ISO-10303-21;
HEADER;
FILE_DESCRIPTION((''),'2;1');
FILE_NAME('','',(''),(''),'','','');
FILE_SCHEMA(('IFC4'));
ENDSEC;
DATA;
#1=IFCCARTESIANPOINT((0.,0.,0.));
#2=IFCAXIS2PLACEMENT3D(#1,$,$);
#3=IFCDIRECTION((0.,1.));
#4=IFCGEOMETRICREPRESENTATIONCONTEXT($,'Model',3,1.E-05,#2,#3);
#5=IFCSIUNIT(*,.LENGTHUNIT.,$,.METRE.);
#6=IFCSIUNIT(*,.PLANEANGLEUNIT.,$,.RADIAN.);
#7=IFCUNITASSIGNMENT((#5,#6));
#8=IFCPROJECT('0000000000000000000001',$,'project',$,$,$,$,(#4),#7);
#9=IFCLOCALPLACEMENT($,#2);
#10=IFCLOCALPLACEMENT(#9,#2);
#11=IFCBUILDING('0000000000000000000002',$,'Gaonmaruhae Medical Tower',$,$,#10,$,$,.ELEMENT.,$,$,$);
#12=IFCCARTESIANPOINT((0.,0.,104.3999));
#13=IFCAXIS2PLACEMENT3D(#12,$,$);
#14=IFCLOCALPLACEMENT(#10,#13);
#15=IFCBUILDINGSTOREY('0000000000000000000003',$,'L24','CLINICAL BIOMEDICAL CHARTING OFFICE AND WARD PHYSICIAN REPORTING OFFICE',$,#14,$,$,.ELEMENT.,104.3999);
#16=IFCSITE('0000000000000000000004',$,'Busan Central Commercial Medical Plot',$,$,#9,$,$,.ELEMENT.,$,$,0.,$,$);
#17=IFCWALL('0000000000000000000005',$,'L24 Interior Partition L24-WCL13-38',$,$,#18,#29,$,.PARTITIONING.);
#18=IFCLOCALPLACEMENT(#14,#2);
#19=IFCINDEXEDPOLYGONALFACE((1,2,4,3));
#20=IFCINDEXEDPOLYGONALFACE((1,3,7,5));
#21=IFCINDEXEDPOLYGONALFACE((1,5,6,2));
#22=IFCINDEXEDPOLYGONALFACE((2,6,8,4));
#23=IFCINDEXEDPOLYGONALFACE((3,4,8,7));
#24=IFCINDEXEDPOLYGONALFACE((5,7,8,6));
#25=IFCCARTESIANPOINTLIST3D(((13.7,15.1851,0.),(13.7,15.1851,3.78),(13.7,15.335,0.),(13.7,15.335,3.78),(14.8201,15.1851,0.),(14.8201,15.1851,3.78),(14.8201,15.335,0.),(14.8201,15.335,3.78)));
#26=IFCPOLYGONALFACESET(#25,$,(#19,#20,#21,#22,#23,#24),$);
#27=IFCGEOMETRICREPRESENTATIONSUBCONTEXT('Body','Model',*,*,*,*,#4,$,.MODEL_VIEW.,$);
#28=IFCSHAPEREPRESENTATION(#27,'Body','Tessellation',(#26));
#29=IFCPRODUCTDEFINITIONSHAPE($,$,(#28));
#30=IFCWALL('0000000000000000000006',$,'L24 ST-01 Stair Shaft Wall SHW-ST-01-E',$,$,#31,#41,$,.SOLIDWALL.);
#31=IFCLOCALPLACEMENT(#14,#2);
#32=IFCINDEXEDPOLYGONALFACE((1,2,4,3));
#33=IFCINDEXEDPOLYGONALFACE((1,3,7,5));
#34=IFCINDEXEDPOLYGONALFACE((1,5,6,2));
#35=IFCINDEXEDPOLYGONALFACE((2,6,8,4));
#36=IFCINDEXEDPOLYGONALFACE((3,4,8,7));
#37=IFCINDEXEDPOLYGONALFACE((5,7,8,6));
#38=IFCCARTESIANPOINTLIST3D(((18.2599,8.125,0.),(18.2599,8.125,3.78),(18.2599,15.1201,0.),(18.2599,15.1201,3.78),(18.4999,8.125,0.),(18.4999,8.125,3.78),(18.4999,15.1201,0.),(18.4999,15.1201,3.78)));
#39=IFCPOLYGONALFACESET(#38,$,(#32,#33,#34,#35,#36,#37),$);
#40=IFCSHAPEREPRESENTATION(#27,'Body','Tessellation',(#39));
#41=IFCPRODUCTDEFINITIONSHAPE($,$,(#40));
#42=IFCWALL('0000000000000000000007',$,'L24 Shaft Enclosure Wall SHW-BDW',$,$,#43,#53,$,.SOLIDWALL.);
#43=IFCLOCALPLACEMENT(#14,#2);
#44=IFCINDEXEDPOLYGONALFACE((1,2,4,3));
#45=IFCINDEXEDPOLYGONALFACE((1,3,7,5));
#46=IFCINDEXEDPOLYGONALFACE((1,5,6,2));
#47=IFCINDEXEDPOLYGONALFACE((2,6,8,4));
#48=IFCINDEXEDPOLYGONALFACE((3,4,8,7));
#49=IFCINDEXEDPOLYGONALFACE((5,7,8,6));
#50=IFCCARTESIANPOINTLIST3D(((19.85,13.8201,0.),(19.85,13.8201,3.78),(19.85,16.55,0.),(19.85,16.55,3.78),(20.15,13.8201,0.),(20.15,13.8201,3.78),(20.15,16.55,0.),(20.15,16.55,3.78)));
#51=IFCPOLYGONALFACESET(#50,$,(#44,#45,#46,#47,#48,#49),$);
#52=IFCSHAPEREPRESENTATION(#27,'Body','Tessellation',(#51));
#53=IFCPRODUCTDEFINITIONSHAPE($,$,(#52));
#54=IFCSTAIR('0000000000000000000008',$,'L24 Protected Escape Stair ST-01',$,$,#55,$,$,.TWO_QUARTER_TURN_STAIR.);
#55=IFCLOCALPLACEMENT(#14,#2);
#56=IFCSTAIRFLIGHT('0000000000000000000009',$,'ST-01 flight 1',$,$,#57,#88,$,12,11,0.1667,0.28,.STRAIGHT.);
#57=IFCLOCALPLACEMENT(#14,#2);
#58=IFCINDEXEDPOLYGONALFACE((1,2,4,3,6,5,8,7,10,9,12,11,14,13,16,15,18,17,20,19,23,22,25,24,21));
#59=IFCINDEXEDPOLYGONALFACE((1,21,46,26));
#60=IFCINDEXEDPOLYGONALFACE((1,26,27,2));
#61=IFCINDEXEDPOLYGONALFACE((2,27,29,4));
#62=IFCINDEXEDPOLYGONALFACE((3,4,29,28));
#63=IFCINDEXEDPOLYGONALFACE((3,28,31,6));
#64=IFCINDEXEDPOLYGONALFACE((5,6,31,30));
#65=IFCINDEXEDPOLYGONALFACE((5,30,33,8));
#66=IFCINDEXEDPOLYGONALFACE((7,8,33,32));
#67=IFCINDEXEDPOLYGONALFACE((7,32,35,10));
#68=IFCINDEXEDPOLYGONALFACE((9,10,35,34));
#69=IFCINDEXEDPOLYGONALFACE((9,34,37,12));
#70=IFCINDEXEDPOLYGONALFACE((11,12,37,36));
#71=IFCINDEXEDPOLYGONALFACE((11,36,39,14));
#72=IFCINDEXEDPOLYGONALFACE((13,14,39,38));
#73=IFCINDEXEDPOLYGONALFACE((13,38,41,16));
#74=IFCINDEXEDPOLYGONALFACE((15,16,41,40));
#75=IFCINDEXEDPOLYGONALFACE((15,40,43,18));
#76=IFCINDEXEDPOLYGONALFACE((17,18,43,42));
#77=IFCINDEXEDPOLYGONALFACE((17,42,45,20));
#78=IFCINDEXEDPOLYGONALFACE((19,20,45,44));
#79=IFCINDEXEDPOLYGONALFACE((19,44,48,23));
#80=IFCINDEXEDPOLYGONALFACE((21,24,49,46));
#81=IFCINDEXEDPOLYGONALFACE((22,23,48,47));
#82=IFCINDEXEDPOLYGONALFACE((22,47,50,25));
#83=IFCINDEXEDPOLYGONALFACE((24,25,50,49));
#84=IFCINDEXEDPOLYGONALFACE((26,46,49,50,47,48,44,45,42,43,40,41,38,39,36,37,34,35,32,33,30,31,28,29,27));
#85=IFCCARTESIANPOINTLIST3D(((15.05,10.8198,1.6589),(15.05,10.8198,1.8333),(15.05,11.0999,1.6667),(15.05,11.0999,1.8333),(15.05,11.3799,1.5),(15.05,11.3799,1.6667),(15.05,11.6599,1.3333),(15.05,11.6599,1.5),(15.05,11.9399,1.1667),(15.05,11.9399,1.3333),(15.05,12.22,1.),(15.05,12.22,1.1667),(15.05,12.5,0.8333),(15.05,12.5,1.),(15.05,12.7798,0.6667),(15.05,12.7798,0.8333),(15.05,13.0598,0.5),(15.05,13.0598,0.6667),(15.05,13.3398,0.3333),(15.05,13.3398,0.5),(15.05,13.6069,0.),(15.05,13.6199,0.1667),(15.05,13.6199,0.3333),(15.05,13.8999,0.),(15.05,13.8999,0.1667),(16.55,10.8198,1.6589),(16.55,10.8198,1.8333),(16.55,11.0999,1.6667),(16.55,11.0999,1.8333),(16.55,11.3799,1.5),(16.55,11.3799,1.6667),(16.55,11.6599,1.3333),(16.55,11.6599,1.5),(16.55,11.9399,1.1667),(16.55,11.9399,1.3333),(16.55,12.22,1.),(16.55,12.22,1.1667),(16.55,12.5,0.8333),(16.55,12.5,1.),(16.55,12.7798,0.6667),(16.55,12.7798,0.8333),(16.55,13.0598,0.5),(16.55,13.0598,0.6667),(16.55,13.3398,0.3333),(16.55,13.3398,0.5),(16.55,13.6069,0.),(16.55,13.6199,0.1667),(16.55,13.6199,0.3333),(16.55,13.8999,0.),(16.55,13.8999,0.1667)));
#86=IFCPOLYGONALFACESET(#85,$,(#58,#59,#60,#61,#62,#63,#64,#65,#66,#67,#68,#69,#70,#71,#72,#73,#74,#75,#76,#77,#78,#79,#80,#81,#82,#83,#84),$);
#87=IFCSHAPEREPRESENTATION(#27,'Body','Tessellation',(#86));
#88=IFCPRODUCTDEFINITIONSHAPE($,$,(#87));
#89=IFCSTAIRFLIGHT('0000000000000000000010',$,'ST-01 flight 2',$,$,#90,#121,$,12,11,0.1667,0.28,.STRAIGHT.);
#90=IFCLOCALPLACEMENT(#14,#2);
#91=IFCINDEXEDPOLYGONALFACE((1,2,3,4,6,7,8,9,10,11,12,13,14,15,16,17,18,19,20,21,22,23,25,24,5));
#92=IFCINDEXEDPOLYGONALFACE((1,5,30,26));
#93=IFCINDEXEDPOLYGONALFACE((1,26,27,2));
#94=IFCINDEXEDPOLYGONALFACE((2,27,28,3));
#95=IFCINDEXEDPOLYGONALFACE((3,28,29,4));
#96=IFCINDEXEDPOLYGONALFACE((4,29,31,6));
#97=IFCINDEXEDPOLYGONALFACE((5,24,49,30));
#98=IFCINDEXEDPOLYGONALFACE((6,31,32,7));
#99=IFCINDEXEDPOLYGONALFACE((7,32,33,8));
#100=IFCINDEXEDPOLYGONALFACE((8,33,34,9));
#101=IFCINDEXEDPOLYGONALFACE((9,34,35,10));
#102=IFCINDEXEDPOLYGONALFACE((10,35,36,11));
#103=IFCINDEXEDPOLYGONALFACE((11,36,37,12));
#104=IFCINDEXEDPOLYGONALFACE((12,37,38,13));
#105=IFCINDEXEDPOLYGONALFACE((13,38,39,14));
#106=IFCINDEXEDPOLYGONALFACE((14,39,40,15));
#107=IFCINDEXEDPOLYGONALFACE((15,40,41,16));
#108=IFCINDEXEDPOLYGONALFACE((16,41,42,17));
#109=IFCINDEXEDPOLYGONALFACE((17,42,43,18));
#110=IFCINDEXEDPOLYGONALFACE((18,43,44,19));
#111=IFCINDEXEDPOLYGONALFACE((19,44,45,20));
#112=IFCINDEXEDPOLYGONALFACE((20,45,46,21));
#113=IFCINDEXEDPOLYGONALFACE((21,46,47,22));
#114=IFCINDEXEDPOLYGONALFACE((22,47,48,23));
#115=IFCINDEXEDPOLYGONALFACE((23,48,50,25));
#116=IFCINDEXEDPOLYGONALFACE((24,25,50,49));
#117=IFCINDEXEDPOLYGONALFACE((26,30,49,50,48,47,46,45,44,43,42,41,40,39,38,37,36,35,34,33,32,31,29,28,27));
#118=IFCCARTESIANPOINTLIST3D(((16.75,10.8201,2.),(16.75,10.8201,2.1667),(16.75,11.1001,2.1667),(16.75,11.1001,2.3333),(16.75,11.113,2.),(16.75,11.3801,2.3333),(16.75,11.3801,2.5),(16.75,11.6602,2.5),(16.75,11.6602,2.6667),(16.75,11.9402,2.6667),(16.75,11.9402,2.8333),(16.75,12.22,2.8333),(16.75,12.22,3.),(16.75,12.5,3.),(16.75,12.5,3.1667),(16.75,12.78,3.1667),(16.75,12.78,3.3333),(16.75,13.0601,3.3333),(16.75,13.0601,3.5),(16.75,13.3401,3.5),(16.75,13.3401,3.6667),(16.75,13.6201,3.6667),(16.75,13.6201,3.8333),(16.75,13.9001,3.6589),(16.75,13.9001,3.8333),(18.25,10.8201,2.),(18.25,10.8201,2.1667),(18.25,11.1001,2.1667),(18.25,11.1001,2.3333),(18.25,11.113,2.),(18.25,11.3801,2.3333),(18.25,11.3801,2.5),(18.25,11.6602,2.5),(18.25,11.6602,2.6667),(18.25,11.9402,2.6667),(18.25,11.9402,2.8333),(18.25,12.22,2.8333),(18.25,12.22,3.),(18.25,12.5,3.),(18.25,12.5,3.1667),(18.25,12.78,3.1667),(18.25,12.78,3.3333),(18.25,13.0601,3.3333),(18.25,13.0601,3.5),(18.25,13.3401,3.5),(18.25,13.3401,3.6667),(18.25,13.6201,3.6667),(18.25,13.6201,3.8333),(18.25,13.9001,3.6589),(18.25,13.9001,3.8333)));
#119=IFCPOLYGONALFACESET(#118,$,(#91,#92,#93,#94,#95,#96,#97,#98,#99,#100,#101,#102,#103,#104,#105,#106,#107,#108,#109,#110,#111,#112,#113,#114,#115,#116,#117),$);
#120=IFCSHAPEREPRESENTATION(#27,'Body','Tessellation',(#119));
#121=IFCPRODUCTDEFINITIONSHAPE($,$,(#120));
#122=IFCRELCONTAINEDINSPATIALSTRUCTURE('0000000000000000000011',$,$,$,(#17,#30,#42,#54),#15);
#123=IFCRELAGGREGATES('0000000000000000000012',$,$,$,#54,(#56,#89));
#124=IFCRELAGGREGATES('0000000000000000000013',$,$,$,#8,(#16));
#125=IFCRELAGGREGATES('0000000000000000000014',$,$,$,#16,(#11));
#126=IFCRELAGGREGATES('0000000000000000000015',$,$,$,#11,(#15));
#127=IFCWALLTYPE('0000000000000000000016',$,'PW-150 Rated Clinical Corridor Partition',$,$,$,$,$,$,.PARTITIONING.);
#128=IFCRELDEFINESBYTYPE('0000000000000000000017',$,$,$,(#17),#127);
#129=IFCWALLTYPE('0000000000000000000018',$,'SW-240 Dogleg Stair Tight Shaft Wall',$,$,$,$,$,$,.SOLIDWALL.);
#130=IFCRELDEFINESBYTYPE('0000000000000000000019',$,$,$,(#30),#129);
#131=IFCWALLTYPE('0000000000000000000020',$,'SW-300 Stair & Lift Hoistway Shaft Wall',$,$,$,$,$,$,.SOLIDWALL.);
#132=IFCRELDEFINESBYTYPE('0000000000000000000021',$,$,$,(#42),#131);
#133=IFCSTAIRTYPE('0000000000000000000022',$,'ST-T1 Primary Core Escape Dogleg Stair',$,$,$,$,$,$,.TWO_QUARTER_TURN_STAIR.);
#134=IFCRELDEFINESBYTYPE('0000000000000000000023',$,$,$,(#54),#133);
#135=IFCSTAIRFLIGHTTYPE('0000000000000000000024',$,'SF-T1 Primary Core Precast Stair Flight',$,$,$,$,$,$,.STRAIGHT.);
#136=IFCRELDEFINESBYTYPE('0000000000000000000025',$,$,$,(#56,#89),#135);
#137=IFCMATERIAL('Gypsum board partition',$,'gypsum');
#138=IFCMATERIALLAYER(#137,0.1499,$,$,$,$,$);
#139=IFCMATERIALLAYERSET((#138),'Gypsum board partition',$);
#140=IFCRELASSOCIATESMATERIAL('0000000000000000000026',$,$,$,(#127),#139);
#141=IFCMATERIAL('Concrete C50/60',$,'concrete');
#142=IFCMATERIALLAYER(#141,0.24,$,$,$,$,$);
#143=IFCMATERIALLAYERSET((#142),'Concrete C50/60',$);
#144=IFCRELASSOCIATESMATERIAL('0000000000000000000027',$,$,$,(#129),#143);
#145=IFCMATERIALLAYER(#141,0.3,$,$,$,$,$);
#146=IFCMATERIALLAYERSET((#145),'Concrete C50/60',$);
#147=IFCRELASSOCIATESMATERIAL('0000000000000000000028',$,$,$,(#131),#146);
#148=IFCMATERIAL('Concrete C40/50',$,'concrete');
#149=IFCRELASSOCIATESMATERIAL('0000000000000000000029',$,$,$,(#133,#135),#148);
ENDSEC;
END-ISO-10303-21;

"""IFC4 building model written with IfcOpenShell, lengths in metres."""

from ifc_helpers import new_model, si_unit, direction, frame, frame_2d, origin, place, context, subcontext, project, spatial, polyline, rectangle, outline, extrude, material, layer, layer_set, type_object, element, aggregate, save


model = new_model("IFC4")

# Units and contexts
model_context = context("Model", 3, precision=1e-05, world=origin(), true_north=direction((0.0, 1.0)))
body_context = subcontext(model_context, "Body", "Model", "MODEL_VIEW")
ifc_project = project(units=[si_unit("LENGTHUNIT", "METRE"), si_unit("PLANEANGLEUNIT", "RADIAN")], contexts=[model_context])

# Site, building, storey
site_placement = place(None, origin())
site = spatial("IfcSite", under=ifc_project, at=site_placement, Name="Busan Central Commercial Medical Plot", CompositionType="ELEMENT", RefElevation=0.0)
building_placement = place(site_placement, origin())
building = spatial("IfcBuilding", under=site, at=building_placement, Name="Gaonmaruhae Medical Tower", CompositionType="ELEMENT")
storey_placement = place(building_placement, frame((0.0, 0.0, 104.3999)))
storey = spatial("IfcBuildingStorey", under=building, at=storey_placement, Name="L24", Description="CLINICAL BIOMEDICAL CHARTING OFFICE AND WARD PHYSICIAN REPORTING OFFICE", CompositionType="ELEMENT", Elevation=104.3999)

# Wall
ifc_material_1 = material(Name="Gypsum board partition", Category="gypsum")
ifc_layer_1 = layer(ifc_material_1, 0.1499)
ifc_layer_set_1 = layer_set([ifc_layer_1], Name="Gypsum board partition")
wall_type_1 = type_object("IfcWallType", Name="PW-150 Rated Clinical Corridor Partition", PredefinedType="PARTITIONING", material=ifc_layer_set_1)
wall_1_placement = place(storey_placement, frame((14.8201, 15.26, 0.0), z_axis=(0.0, 0.0, 1.0), x_axis=(-1.0, 0.0, 0.0)))
element("IfcWall", 1, at=wall_1_placement, inside=storey, type_object=wall_type_1, Name="L24 Interior Partition L24-WCL13-38", PredefinedType="PARTITIONING", context=body_context, shape_type="SweptSolid", body=[
    extrude(rectangle(XDim=1.1201, YDim=0.1499, at=frame_2d((0.5601, 0.0))), origin(), (0.0, 0.0, 1.0), 3.78),
])

# Shared definitions
ifc_material_2 = material(Name="Concrete C50/60", Category="concrete")
ifc_layer_2 = layer(ifc_material_2, 0.24)
ifc_layer_set_2 = layer_set([ifc_layer_2], Name="Concrete C50/60")
wall_type_2 = type_object("IfcWallType", Name="SW-240 Dogleg Stair Tight Shaft Wall", PredefinedType="SOLIDWALL", material=ifc_layer_set_2)

# Wall
wall_2_placement = place(storey_placement, frame((18.3799, 15.1201, 0.0), z_axis=(0.0, 0.0, 1.0), x_axis=(0.0, -1.0, 0.0)))
element("IfcWall", 2, at=wall_2_placement, inside=storey, type_object=wall_type_2, Name="L24 ST-01 Stair Shaft Wall SHW-ST-01-E", PredefinedType="SOLIDWALL", context=body_context, shape_type="SweptSolid", body=[
    extrude(rectangle(XDim=6.9951, YDim=0.24, at=frame_2d((3.4976, 0.0))), origin(), (0.0, 0.0, 1.0), 3.78),
])

# Shared definitions
ifc_layer_3 = layer(ifc_material_2, 0.3)
ifc_layer_set_3 = layer_set([ifc_layer_3], Name="Concrete C50/60")
wall_type_3 = type_object("IfcWallType", Name="SW-300 Stair & Lift Hoistway Shaft Wall", PredefinedType="SOLIDWALL", material=ifc_layer_set_3)

# Wall
wall_3_placement = place(storey_placement, frame((20.0, 13.8201, 0.0), z_axis=(0.0, 0.0, 1.0), x_axis=(0.0, 1.0, 0.0)))
element("IfcWall", 3, at=wall_3_placement, inside=storey, type_object=wall_type_3, Name="L24 Shaft Enclosure Wall SHW-BDW", PredefinedType="SOLIDWALL", context=body_context, shape_type="SweptSolid", body=[
    extrude(rectangle(XDim=2.73, YDim=0.3, at=frame_2d((1.365, 0.0))), origin(), (0.0, 0.0, 1.0), 3.78),
])

# Stair, stair flights
ifc_material_3 = material(Name="Concrete C40/50", Category="concrete")
stair_type = type_object("IfcStairType", Name="ST-T1 Primary Core Escape Dogleg Stair", PredefinedType="TWO_QUARTER_TURN_STAIR", material=ifc_material_3)
stair_placement = place(storey_placement, origin())
stair = element("IfcStair", 4, at=stair_placement, inside=storey, type_object=stair_type, Name="L24 Protected Escape Stair ST-01", PredefinedType="TWO_QUARTER_TURN_STAIR")
stair_flight_type = type_object("IfcStairFlightType", Name="SF-T1 Primary Core Precast Stair Flight", PredefinedType="STRAIGHT", material=ifc_material_3)
stair_flight_1_placement = place(storey_placement, frame((15.8, 13.8999, 0.0), z_axis=(0.0, 0.0, 1.0), x_axis=(0.0, -1.0, 0.0)))
stair_flight_1 = element("IfcStairFlight", 5, at=stair_flight_1_placement, type_object=stair_flight_type, Name="ST-01 flight 1", NumberOfRisers=12, NumberOfTreads=11, PredefinedType="STRAIGHT", RiserHeight=0.1667, TreadLength=0.28, context=body_context, shape_type="SweptSolid", body=[
    extrude(outline(polyline([(0.0, 0.0), (0.0, 0.1667), (0.28, 0.1667), (0.28, 0.3333), (0.5601, 0.3333), (0.5601, 0.5), (0.8401, 0.5), (0.8401, 0.6667), (1.1201, 0.6667), (1.1201, 0.8333), (1.3999, 0.8333), (1.3999, 1.0), (1.6799, 1.0), (1.6799, 1.1667), (1.96, 1.1667), (1.96, 1.3333), (2.24, 1.3333), (2.24, 1.5), (2.52, 1.5), (2.52, 1.6667), (2.8, 1.6667), (2.8, 1.8333), (3.0801, 1.8333), (3.0801, 2.0), (3.0801, 1.6589), (0.293, 0.0), (0.0, 0.0)])), frame((0.0, 0.75, 0.0), z_axis=(0.0, -1.0, 0.0), x_axis=(1.0, 0.0, 0.0)), (0.0, 0.0, 1.0), 1.5),
])
stair_flight_2_placement = place(storey_placement, frame((17.5, 10.8201, 2.0), z_axis=(0.0, 0.0, 1.0), x_axis=(0.0, 1.0, 0.0)))
stair_flight_2 = element("IfcStairFlight", 6, at=stair_flight_2_placement, type_object=stair_flight_type, Name="ST-01 flight 2", NumberOfRisers=12, NumberOfTreads=11, PredefinedType="STRAIGHT", RiserHeight=0.1667, TreadLength=0.28, context=body_context, shape_type="SweptSolid", body=[
    extrude(outline(polyline([(0.0, 0.0), (0.0, 0.1667), (0.28, 0.1667), (0.28, 0.3333), (0.5601, 0.3333), (0.5601, 0.5), (0.8401, 0.5), (0.8401, 0.6667), (1.1201, 0.6667), (1.1201, 0.8333), (1.3999, 0.8333), (1.3999, 1.0), (1.6799, 1.0), (1.6799, 1.1667), (1.96, 1.1667), (1.96, 1.3333), (2.24, 1.3333), (2.24, 1.5), (2.52, 1.5), (2.52, 1.6667), (2.8, 1.6667), (2.8, 1.8333), (3.0801, 1.8333), (3.0801, 2.0), (3.0801, 1.6589), (0.293, 0.0), (0.0, 0.0)])), frame((0.0, 0.75, 0.0), z_axis=(0.0, -1.0, 0.0), x_axis=(1.0, 0.0, 0.0)), (0.0, 0.0, 1.0), 1.5),
])
aggregate(stair, [stair_flight_1, stair_flight_2])

save(model, "model.ifc")
